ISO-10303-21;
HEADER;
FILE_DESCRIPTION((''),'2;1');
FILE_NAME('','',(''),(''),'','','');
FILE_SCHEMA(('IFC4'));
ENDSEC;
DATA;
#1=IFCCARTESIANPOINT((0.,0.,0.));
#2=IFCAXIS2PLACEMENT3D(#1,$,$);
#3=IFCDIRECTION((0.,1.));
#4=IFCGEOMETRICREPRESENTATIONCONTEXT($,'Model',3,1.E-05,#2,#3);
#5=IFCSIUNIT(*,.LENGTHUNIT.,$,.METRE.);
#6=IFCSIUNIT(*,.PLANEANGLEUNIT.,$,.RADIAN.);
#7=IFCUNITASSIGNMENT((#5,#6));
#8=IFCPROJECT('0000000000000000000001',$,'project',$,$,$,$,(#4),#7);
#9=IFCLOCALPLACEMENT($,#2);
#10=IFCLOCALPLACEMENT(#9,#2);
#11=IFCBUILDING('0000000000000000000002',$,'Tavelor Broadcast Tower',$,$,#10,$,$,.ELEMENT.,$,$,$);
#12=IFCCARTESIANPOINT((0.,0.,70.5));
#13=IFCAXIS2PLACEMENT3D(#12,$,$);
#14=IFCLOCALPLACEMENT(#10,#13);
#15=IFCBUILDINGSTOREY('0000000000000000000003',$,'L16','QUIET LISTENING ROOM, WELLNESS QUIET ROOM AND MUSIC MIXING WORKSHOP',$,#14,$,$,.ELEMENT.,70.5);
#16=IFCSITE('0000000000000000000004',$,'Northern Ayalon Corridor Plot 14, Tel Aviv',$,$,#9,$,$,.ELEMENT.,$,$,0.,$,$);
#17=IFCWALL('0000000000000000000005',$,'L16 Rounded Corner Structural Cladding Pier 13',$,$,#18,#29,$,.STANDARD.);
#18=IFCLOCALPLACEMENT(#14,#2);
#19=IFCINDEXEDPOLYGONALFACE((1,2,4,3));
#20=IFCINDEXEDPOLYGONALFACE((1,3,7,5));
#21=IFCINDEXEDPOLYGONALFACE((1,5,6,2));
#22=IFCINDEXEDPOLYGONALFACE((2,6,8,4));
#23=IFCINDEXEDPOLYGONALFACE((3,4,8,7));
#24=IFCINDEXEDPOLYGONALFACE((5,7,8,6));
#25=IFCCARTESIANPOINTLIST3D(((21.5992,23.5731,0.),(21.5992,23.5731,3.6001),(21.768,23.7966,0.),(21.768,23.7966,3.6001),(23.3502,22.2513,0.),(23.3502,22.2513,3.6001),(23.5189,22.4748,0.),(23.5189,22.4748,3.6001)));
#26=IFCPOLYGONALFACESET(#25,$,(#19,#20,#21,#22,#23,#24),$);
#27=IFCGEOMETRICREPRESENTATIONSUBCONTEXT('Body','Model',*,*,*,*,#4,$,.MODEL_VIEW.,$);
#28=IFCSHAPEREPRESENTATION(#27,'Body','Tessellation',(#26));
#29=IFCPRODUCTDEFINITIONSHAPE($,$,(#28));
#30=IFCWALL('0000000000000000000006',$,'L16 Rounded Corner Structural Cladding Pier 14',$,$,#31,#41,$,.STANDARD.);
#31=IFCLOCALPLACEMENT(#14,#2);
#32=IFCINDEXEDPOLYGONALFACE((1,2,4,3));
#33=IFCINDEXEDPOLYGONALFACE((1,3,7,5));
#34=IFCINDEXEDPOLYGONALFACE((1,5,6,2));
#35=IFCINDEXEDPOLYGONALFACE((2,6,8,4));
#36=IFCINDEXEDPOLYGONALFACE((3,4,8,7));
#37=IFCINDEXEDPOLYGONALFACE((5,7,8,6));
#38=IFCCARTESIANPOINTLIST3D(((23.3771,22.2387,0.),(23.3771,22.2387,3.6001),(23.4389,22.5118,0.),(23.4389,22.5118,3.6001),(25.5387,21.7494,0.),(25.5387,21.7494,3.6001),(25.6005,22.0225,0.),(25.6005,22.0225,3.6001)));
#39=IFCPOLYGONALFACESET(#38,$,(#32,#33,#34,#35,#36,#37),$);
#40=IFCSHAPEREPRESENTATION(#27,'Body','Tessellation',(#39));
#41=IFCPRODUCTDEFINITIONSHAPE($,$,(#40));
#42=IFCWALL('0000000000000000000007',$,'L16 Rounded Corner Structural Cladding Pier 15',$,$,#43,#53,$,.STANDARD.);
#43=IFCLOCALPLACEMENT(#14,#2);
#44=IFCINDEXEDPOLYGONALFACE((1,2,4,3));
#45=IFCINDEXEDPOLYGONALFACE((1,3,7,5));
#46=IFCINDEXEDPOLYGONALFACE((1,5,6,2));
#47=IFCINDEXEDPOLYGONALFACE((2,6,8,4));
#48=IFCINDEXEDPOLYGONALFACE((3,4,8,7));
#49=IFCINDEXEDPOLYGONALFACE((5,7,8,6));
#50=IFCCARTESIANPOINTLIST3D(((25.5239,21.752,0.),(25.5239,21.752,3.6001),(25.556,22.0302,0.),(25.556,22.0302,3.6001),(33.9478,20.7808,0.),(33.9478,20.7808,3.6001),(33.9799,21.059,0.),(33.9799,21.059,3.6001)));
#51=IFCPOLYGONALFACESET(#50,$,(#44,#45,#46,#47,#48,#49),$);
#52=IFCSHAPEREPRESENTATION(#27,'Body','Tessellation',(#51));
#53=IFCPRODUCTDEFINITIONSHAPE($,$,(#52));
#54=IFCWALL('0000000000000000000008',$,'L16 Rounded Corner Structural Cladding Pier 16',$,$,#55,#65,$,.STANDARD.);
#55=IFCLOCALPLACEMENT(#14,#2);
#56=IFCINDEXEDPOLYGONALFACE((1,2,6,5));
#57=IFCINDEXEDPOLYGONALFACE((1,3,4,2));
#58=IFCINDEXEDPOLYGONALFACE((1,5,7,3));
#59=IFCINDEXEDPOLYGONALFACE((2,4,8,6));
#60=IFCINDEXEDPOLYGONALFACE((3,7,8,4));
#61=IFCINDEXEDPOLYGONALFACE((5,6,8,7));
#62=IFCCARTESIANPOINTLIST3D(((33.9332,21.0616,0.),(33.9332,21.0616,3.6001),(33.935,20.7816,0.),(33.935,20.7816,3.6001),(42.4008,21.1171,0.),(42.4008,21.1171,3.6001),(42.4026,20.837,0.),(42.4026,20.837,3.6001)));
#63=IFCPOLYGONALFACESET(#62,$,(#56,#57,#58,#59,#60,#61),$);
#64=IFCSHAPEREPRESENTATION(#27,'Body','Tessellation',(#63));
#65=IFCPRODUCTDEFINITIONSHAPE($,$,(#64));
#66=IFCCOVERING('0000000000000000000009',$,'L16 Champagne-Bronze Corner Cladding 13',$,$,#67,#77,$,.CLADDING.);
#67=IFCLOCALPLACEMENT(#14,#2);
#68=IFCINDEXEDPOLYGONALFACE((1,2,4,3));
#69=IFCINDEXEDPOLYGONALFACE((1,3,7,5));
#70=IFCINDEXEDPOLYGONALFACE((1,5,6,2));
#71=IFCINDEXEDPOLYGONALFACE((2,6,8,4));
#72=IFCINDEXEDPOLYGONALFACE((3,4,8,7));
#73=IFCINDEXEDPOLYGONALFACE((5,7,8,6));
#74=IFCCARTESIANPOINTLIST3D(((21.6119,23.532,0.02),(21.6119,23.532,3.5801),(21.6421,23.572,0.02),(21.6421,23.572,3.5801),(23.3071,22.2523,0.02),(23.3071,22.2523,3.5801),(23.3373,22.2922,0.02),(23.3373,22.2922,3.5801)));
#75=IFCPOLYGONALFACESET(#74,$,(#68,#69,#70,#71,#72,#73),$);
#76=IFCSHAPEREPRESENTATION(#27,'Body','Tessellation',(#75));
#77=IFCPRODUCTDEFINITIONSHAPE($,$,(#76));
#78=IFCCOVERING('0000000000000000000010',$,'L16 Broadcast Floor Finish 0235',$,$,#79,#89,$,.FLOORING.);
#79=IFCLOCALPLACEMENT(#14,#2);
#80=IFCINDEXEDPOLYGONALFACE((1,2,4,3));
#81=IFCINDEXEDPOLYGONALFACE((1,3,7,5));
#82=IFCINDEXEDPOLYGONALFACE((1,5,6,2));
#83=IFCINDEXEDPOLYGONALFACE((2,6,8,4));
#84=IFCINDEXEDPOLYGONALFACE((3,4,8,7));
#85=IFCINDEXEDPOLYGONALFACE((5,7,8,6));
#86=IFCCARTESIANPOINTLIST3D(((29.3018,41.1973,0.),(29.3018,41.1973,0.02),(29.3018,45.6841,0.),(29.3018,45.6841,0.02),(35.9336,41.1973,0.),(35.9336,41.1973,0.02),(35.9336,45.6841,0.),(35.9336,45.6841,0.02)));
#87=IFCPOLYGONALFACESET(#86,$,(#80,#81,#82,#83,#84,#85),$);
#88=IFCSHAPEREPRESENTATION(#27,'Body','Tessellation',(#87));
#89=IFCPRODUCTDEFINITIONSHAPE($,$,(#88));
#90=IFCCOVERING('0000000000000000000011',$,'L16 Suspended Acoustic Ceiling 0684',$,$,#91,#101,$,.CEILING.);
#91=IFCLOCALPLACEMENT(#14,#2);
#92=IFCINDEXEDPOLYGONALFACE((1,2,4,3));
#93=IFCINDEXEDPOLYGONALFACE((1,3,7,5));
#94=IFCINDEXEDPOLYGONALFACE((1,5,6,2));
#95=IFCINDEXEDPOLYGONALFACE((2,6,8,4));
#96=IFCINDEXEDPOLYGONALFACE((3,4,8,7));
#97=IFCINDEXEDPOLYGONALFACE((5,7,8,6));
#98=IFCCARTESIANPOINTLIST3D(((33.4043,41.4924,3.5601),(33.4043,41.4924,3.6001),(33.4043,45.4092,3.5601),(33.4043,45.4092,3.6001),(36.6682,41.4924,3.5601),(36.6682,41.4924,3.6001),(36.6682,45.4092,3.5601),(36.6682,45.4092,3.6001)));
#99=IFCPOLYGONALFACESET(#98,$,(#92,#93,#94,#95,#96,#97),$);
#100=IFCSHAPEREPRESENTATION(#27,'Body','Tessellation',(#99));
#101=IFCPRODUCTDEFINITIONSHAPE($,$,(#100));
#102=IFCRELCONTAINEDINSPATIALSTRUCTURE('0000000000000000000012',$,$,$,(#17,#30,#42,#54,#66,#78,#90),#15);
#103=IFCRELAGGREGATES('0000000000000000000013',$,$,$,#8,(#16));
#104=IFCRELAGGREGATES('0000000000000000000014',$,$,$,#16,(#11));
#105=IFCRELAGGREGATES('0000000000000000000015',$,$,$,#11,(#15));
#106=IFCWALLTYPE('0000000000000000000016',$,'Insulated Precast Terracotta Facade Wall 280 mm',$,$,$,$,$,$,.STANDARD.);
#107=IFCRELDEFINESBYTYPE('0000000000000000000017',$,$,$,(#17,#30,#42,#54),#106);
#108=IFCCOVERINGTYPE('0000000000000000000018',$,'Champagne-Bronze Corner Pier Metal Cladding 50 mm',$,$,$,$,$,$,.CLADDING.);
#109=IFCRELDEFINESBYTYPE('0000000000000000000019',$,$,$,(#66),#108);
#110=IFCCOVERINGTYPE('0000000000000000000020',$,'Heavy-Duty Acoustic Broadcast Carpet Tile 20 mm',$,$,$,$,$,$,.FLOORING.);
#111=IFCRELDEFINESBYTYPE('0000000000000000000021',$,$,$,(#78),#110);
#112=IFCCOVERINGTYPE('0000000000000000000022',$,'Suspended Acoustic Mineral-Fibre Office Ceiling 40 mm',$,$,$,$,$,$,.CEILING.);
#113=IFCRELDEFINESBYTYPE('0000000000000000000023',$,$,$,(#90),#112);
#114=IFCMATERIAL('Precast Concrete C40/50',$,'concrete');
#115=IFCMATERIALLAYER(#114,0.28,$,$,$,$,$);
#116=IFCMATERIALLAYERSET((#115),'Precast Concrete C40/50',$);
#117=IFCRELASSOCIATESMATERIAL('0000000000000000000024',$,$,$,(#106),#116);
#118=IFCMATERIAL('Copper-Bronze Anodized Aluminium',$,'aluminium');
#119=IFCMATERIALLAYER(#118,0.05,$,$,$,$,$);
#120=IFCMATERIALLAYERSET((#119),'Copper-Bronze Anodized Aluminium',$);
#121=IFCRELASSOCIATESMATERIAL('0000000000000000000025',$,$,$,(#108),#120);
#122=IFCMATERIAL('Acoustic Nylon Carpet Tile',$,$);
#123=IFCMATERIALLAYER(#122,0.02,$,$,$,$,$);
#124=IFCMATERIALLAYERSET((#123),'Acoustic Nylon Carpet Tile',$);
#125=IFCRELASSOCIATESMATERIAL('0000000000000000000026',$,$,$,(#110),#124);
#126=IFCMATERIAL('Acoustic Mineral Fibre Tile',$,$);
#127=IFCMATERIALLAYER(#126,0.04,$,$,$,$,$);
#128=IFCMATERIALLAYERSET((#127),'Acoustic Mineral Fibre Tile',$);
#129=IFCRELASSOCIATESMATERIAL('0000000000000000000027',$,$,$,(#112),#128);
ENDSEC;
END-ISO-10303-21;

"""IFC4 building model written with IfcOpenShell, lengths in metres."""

from ifc_helpers import new_model, si_unit, direction, frame, frame_2d, origin, origin_2d, place, context, subcontext, project, spatial, polyline, rectangle, outline, extrude, material, layer, layer_set, type_object, element, save


model = new_model("IFC4")

# Units and contexts
model_context = context("Model", 3, precision=1e-05, world=origin(), true_north=direction((0.0, 1.0)))
body_context = subcontext(model_context, "Body", "Model", "MODEL_VIEW")
ifc_project = project(units=[si_unit("LENGTHUNIT", "METRE"), si_unit("PLANEANGLEUNIT", "RADIAN")], contexts=[model_context])

# Site, building, storey
site_placement = place(None, origin())
site = spatial("IfcSite", under=ifc_project, at=site_placement, Name="Northern Ayalon Corridor Plot 14, Tel Aviv", CompositionType="ELEMENT", RefElevation=0.0)
building_placement = place(site_placement, origin())
building = spatial("IfcBuilding", under=site, at=building_placement, Name="Tavelor Broadcast Tower", CompositionType="ELEMENT")
storey_placement = place(building_placement, frame((0.0, 0.0, 70.5)))
storey = spatial("IfcBuildingStorey", under=building, at=storey_placement, Name="L16", Description="QUIET LISTENING ROOM, WELLNESS QUIET ROOM AND MUSIC MIXING WORKSHOP", CompositionType="ELEMENT", Elevation=70.5)

# Walls
ifc_material_1 = material(Name="Precast Concrete C40/50", Category="concrete")
ifc_layer_1 = layer(ifc_material_1, 0.28)
ifc_layer_set_1 = layer_set([ifc_layer_1], Name="Precast Concrete C40/50")
wall_type = type_object("IfcWallType", Name="Insulated Precast Terracotta Facade Wall 280 mm", PredefinedType="STANDARD", material=ifc_layer_set_1)
wall_1_placement = place(storey_placement, frame((21.6836, 23.6848, 0.0), z_axis=(0.0, 0.0, 1.0), x_axis=(0.798127, -0.60249, 0.0)))
element("IfcWall", 1, at=wall_1_placement, inside=storey, type_object=wall_type, Name="L16 Rounded Corner Structural Cladding Pier 13", PredefinedType="STANDARD", context=body_context, shape_type="SweptSolid", body=[
    extrude(rectangle(XDim=2.1938, YDim=0.28, at=frame_2d((1.0969, 0.0))), origin(), (0.0, 0.0, 1.0), 3.6001),
])
wall_2_placement = place(storey_placement, frame((23.408, 22.3752, 0.0), z_axis=(0.0, 0.0, 1.0), x_axis=(0.975329, -0.220754, 0.0)))
element("IfcWall", 2, at=wall_2_placement, inside=storey, type_object=wall_type, Name="L16 Rounded Corner Structural Cladding Pier 14", PredefinedType="STANDARD", context=body_context, shape_type="SweptSolid", body=[
    extrude(rectangle(XDim=2.2163, YDim=0.28, at=frame_2d((1.1082, 0.0))), origin(), (0.0, 0.0, 1.0), 3.6001),
])
wall_3_placement = place(storey_placement, frame((25.54, 21.8911, 0.0), z_axis=(0.0, 0.0, 1.0), x_axis=(0.99342, -0.114532, 0.0)))
element("IfcWall", 3, at=wall_3_placement, inside=storey, type_object=wall_type, Name="L16 Rounded Corner Structural Cladding Pier 15", PredefinedType="STANDARD", context=body_context, shape_type="SweptSolid", body=[
    extrude(rectangle(XDim=8.4797, YDim=0.28, at=frame_2d((4.2397, 0.0))), origin(), (0.0, 0.0, 1.0), 3.6001),
])
wall_4_placement = place(storey_placement, frame((33.9341, 20.9216, 0.0), z_axis=(0.0, 0.0, 1.0), x_axis=(0.999979, 0.006545, 0.0)))
element("IfcWall", 4, at=wall_4_placement, inside=storey, type_object=wall_type, Name="L16 Rounded Corner Structural Cladding Pier 16", PredefinedType="STANDARD", context=body_context, shape_type="SweptSolid", body=[
    extrude(rectangle(XDim=8.4678, YDim=0.28, at=frame_2d((4.2339, 0.0))), origin(), (0.0, 0.0, 1.0), 3.6001),
])

# Coverings
ifc_material_2 = material(Name="Copper-Bronze Anodized Aluminium", Category="aluminium")
ifc_layer_2 = layer(ifc_material_2, 0.05)
ifc_layer_set_2 = layer_set([ifc_layer_2], Name="Copper-Bronze Anodized Aluminium")
covering_type_1 = type_object("IfcCoveringType", Name="Champagne-Bronze Corner Pier Metal Cladding 50 mm", PredefinedType="CLADDING", material=ifc_layer_set_2)
covering_1_placement = place(storey_placement, frame((22.4746, 22.9121, 0.02), z_axis=(0.0, 0.0, 1.0), x_axis=(0.79811, -0.602512, 0.0)))
element("IfcCovering", 5, at=covering_1_placement, inside=storey, type_object=covering_type_1, Name="L16 Champagne-Bronze Corner Cladding 13", PredefinedType="CLADDING", context=body_context, shape_type="SweptSolid", body=[
    extrude(rectangle(XDim=2.124, YDim=0.05, at=origin_2d()), origin(), (0.0, 0.0, 1.0), 3.5601),
])
ifc_material_3 = material(Name="Acoustic Nylon Carpet Tile")
ifc_layer_3 = layer(ifc_material_3, 0.02)
ifc_layer_set_3 = layer_set([ifc_layer_3], Name="Acoustic Nylon Carpet Tile")
covering_type_2 = type_object("IfcCoveringType", Name="Heavy-Duty Acoustic Broadcast Carpet Tile 20 mm", PredefinedType="FLOORING", material=ifc_layer_set_3)
covering_2_placement = place(storey_placement, origin())
element("IfcCovering", 6, at=covering_2_placement, inside=storey, type_object=covering_type_2, Name="L16 Broadcast Floor Finish 0235", PredefinedType="FLOORING", context=body_context, shape_type="SweptSolid", body=[
    extrude(outline(polyline([(29.3018, 41.1973), (35.9336, 41.1973), (35.9336, 45.6841), (29.3018, 45.6841), (29.3018, 41.1973)])), origin(), (0.0, 0.0, 1.0), 0.02),
])
ifc_material_4 = material(Name="Acoustic Mineral Fibre Tile")
ifc_layer_4 = layer(ifc_material_4, 0.04)
ifc_layer_set_4 = layer_set([ifc_layer_4], Name="Acoustic Mineral Fibre Tile")
covering_type_3 = type_object("IfcCoveringType", Name="Suspended Acoustic Mineral-Fibre Office Ceiling 40 mm", PredefinedType="CEILING", material=ifc_layer_set_4)
covering_3_placement = place(storey_placement, frame((0.0, 0.0, 3.5601)))
element("IfcCovering", 7, at=covering_3_placement, inside=storey, type_object=covering_type_3, Name="L16 Suspended Acoustic Ceiling 0684", PredefinedType="CEILING", context=body_context, shape_type="SweptSolid", body=[
    extrude(outline(polyline([(33.4043, 41.4924), (36.6682, 41.4924), (36.6682, 45.4092), (33.4043, 45.4092), (33.4043, 41.4924)])), origin(), (0.0, 0.0, 1.0), 0.04),
])

save(model, "model.ifc")
